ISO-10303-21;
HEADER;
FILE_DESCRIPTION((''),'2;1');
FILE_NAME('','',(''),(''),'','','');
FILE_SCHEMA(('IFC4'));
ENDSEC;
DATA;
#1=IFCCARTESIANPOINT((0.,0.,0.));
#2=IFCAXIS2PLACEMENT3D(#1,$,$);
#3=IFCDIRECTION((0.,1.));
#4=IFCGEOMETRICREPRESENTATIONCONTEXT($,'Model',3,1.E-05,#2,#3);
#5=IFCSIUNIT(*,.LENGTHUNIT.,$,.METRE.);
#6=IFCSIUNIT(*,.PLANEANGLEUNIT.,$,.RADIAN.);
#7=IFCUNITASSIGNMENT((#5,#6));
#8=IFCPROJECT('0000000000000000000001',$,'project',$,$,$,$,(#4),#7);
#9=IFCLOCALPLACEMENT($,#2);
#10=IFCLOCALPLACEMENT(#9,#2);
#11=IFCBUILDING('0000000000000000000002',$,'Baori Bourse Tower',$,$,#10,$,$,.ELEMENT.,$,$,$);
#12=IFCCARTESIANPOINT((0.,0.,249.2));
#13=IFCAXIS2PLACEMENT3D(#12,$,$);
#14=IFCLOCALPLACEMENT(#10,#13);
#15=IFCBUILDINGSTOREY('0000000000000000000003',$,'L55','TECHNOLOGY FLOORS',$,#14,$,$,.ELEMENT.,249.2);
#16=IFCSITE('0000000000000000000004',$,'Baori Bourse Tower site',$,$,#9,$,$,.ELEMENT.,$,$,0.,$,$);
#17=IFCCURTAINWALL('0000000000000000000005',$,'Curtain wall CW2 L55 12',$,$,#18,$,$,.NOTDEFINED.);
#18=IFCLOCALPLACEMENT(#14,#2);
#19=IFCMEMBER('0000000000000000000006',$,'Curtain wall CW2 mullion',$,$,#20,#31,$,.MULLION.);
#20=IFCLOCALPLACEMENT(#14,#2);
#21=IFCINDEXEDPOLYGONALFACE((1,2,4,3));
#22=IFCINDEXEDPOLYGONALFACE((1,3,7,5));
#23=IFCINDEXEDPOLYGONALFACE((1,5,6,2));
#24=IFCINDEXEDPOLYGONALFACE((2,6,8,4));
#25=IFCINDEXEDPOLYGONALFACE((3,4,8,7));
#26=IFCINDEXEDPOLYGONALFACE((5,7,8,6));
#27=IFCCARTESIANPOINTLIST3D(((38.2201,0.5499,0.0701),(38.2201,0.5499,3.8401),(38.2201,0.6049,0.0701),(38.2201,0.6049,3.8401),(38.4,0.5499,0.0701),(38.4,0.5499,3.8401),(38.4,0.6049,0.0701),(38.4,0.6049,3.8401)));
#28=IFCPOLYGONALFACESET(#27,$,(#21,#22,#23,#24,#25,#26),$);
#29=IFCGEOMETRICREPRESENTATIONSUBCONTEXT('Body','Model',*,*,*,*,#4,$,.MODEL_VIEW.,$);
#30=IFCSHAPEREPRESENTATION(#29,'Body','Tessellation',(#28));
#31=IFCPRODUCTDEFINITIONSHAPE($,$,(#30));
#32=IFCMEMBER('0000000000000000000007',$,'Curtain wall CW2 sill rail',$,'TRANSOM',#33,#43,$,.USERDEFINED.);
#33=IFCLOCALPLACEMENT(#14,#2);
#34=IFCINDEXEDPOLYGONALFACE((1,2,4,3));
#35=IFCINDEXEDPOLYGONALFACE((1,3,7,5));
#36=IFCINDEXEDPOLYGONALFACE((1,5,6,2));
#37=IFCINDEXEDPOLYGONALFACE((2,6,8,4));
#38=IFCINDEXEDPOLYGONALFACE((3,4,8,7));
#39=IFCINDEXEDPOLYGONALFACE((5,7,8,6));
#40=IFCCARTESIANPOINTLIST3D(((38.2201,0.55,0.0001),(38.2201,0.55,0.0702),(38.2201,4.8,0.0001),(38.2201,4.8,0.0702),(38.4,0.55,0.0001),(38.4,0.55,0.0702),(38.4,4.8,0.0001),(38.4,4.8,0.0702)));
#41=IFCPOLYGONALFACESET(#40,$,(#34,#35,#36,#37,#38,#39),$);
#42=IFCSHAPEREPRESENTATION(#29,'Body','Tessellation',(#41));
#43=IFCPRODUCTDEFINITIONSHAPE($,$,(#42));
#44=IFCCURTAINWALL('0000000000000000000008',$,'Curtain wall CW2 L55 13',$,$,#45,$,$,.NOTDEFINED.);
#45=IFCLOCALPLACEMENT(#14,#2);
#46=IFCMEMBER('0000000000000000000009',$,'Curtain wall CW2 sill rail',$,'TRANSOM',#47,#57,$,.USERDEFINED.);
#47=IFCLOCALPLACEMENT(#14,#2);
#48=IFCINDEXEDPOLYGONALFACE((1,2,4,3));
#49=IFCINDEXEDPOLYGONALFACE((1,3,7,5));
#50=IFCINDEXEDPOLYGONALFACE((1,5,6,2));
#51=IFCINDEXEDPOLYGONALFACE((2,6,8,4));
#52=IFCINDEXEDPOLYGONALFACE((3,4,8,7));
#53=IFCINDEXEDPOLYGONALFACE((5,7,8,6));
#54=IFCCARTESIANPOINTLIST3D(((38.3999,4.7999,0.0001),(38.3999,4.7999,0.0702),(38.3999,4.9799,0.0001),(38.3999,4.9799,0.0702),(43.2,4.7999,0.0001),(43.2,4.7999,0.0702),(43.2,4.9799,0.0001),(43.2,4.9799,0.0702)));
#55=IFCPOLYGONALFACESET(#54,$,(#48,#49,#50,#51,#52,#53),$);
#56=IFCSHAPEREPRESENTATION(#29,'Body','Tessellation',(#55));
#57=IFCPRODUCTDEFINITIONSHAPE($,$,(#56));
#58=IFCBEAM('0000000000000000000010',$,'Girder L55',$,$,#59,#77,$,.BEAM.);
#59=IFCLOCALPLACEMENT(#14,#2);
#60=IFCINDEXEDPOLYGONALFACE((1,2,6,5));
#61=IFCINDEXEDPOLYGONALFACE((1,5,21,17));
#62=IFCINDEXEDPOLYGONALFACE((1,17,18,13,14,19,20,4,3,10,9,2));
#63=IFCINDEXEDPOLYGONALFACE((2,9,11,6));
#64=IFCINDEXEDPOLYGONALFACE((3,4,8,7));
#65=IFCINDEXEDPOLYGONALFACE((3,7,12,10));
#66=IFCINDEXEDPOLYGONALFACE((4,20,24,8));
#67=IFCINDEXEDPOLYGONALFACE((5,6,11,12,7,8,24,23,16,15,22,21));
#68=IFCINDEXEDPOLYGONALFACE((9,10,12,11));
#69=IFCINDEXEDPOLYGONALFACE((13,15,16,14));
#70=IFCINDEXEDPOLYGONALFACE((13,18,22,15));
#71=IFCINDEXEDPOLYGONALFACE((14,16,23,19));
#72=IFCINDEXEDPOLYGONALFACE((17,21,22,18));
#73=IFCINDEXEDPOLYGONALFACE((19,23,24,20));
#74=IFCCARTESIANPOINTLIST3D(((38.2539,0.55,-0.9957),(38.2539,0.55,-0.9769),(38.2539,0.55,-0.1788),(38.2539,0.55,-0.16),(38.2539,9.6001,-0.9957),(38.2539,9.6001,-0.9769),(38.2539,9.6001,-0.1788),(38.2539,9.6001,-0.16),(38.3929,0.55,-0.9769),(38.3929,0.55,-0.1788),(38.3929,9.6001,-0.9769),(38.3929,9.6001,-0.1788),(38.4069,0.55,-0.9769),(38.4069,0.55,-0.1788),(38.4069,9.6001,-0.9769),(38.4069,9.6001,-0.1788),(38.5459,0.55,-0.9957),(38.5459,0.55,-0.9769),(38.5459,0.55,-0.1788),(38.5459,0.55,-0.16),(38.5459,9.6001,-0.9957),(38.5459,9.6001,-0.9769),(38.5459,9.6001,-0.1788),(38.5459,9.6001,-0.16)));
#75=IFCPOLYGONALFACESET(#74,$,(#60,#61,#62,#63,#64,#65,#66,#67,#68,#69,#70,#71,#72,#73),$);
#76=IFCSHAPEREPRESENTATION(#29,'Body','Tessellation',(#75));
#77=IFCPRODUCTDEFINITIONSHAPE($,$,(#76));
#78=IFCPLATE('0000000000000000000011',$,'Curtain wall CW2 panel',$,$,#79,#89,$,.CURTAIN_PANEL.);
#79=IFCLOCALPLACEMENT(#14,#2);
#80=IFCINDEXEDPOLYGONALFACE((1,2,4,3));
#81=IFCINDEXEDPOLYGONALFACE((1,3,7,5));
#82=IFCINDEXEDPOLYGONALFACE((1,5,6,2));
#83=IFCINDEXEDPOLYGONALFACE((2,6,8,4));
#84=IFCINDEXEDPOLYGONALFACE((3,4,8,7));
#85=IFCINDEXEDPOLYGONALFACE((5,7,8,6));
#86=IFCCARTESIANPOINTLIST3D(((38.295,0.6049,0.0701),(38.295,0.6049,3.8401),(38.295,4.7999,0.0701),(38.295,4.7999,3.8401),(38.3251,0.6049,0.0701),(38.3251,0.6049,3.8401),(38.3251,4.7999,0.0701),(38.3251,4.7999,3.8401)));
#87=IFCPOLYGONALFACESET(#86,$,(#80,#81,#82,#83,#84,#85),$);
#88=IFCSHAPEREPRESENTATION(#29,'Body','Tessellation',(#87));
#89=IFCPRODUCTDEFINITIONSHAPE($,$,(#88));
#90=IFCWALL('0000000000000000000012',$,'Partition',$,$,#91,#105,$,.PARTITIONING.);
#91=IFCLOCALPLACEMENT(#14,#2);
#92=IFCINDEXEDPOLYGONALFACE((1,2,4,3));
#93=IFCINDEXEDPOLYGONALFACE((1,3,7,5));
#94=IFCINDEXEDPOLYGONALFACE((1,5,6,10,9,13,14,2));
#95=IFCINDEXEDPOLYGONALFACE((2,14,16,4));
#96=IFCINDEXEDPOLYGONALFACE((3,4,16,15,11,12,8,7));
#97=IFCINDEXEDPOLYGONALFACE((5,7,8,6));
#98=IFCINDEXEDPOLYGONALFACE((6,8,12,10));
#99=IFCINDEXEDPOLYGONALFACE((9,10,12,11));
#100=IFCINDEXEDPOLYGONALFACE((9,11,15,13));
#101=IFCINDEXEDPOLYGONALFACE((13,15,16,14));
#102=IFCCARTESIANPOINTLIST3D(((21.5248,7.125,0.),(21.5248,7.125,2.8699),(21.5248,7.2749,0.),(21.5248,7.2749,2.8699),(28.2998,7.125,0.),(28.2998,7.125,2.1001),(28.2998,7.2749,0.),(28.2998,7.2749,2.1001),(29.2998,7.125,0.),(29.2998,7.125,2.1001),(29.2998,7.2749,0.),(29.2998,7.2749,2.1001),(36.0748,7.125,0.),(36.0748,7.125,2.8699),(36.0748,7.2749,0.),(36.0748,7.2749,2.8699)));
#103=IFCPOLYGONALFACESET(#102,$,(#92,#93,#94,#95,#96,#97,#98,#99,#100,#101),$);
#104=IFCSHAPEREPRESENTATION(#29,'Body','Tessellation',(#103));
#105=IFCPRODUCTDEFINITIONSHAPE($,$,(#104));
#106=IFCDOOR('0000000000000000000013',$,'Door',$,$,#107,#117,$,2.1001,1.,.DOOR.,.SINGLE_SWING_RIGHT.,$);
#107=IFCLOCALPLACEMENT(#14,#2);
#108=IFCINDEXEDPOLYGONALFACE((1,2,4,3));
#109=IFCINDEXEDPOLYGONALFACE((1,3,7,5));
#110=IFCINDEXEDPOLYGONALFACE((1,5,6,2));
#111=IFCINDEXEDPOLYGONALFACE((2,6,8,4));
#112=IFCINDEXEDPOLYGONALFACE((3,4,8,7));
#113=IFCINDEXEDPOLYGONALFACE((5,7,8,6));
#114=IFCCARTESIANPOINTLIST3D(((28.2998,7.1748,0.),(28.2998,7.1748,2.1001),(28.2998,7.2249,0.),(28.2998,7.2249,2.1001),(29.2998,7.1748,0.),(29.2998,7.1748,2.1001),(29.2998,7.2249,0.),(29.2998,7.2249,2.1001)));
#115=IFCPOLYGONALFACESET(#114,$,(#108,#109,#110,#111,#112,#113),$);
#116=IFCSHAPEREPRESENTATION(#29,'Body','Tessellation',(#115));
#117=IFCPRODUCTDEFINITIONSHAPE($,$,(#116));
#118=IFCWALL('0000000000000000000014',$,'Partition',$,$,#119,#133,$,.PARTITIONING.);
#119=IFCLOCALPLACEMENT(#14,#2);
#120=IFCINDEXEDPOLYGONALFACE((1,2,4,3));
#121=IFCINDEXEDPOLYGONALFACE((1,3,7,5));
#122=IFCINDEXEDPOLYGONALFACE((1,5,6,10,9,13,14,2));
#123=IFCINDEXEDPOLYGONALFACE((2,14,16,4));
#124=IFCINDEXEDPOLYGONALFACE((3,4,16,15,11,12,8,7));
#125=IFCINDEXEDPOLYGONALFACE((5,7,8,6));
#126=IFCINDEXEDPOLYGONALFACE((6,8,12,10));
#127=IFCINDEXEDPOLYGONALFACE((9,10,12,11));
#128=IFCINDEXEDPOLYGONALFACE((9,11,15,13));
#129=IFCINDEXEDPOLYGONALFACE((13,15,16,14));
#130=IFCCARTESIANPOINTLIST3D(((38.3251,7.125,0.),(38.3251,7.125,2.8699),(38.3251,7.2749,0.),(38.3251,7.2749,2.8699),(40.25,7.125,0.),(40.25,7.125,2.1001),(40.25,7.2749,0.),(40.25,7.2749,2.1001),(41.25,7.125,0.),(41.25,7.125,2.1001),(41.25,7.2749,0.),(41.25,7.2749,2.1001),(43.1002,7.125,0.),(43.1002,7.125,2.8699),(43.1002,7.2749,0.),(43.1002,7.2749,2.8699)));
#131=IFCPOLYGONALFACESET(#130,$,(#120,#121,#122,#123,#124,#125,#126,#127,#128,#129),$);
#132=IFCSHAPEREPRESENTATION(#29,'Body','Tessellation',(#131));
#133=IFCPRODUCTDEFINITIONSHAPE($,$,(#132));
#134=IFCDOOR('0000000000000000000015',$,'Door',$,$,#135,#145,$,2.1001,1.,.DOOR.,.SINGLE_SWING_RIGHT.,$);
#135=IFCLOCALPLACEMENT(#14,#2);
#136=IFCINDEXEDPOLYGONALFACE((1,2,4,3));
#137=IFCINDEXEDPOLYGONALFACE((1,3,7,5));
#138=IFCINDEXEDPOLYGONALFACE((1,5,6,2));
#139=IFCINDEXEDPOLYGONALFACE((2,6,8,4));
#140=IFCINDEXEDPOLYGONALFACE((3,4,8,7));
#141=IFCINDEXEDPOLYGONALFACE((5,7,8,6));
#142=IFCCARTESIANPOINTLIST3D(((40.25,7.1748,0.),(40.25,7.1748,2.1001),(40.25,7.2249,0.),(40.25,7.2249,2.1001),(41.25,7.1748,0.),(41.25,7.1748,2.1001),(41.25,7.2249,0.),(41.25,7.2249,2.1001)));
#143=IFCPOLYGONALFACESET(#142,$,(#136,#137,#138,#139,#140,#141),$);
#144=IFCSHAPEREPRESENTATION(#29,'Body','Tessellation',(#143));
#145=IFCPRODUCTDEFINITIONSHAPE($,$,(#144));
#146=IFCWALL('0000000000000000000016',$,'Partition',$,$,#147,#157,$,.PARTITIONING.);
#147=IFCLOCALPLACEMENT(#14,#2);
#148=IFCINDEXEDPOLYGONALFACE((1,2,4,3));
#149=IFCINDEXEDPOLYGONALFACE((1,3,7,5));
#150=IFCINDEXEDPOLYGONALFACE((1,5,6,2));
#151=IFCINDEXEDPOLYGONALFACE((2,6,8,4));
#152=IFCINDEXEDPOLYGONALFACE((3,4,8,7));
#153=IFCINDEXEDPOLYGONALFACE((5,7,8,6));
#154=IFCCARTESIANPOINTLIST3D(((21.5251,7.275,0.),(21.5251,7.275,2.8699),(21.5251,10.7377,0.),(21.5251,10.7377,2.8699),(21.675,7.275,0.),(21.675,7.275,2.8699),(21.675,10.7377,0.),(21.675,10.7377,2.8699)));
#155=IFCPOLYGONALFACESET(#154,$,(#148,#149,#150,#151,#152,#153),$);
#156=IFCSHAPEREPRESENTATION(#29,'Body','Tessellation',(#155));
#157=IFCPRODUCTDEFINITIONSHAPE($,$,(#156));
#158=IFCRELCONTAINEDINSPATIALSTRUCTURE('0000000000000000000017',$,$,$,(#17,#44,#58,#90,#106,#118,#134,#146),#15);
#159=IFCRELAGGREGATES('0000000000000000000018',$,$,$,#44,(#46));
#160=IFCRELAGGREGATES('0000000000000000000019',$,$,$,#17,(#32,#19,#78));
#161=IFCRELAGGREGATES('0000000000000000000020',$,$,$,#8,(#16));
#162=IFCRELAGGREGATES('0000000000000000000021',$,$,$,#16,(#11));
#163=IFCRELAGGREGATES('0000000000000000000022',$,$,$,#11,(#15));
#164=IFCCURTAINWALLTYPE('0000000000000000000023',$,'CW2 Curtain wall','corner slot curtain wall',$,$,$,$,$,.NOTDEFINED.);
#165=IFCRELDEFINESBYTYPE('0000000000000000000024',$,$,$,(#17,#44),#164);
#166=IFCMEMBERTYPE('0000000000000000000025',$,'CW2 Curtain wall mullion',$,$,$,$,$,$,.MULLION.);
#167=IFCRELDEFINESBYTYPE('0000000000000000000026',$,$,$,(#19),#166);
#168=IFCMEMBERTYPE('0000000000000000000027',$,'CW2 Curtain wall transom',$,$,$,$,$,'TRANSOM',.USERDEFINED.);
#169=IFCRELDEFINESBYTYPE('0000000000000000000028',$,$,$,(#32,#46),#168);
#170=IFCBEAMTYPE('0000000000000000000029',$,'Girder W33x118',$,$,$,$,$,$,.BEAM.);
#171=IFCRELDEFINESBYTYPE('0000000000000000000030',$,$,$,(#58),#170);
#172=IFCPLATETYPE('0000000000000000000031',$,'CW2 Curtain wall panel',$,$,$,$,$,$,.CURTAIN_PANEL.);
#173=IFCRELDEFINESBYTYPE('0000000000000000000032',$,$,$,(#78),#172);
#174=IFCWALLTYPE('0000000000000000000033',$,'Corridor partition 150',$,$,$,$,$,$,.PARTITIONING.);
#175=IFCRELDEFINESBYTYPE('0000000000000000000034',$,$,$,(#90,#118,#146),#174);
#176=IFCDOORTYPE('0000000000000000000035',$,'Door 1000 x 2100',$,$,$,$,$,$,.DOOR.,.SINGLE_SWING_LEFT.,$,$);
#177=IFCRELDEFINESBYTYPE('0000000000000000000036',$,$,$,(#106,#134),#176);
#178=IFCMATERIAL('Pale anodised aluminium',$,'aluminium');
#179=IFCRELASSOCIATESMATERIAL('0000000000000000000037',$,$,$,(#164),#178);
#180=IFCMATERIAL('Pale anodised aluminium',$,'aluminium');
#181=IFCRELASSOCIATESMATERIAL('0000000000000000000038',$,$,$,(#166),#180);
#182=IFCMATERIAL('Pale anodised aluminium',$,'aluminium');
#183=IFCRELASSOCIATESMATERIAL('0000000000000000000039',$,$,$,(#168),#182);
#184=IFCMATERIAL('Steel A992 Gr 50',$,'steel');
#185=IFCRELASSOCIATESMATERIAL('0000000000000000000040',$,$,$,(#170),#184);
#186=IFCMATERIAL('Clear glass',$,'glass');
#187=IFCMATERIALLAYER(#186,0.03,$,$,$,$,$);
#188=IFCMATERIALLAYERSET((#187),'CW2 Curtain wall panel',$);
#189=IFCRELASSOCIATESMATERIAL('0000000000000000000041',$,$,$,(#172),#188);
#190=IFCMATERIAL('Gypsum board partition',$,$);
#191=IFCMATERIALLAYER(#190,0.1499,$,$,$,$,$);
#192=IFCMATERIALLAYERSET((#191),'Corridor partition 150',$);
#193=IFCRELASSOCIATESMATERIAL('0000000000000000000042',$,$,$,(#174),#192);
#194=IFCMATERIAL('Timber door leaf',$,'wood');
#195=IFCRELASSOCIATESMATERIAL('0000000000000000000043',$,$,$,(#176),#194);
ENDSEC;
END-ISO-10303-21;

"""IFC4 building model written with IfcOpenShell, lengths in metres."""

from ifc_helpers import new_model, si_unit, direction, frame, frame_2d, origin, origin_2d, place, context, subcontext, project, spatial, rectangle, i_section, extrude, material, layer, layer_set, material_profile, profile_set, type_object, element, fill, aggregate, save


model = new_model("IFC4")

# Units and contexts
model_context = context("Model", 3, precision=1e-05, world=origin(), true_north=direction((0.0, 1.0)))
body_context = subcontext(model_context, "Body", "Model", "MODEL_VIEW")
ifc_project = project(units=[si_unit("LENGTHUNIT", "METRE"), si_unit("PLANEANGLEUNIT", "RADIAN")], contexts=[model_context])

# Site, building, storey
site_placement = place(None, origin())
site = spatial("IfcSite", under=ifc_project, at=site_placement, Name="Baori Bourse Tower site", CompositionType="ELEMENT", RefElevation=0.0)
building_placement = place(site_placement, origin())
building = spatial("IfcBuilding", under=site, at=building_placement, Name="Baori Bourse Tower", CompositionType="ELEMENT")
storey_placement = place(building_placement, frame((0.0, 0.0, 249.2)))
storey = spatial("IfcBuildingStorey", under=building, at=storey_placement, Name="L55", Description="TECHNOLOGY FLOORS", CompositionType="ELEMENT", Elevation=249.2)

# Curtain wall, members
ifc_material_1 = material(Name="Pale anodised aluminium", Category="aluminium")
curtain_wall_type = type_object("IfcCurtainWallType", Name="CW2 Curtain wall", Description="corner slot curtain wall", PredefinedType="NOTDEFINED", material=ifc_material_1)
curtain_wall_1_placement = place(storey_placement, origin())
curtain_wall_1 = element("IfcCurtainWall", 1, at=curtain_wall_1_placement, inside=storey, type_object=curtain_wall_type, Name="Curtain wall CW2 L55 12", PredefinedType="NOTDEFINED")
ifc_material_2 = material(Name="Pale anodised aluminium", Category="aluminium")
ifc_material_profile_1 = material_profile(ifc_material_2, rectangle(XDim=0.1799, YDim=0.0549, at=origin_2d()), Name="Mullion 55x180")
ifc_profile_set_1 = profile_set([ifc_material_profile_1], Name="Pale anodised aluminium")
member_type_1 = type_object("IfcMemberType", Name="CW2 Curtain wall mullion", PredefinedType="MULLION", material=ifc_profile_set_1)
member_1_placement = place(storey_placement, frame((38.3101, 0.5774, 0.0701), z_axis=(0.0, 0.0, 1.0), x_axis=(-1.0, 0.0, 0.0)))
member_1 = element("IfcMember", 2, at=member_1_placement, type_object=member_type_1, Name="Curtain wall CW2 mullion", PredefinedType="MULLION", context=body_context, shape_type="SweptSolid", body=[
    extrude(rectangle(XDim=0.1799, YDim=0.0549, at=origin_2d()), origin(), (0.0, 0.0, 1.0), 3.77),
])
ifc_material_3 = material(Name="Pale anodised aluminium", Category="aluminium")
ifc_material_profile_2 = material_profile(ifc_material_3, rectangle(XDim=0.1799, YDim=0.0701, at=origin_2d()), Name="Transom 70x180")
ifc_profile_set_2 = profile_set([ifc_material_profile_2], Name="Pale anodised aluminium")
member_type_2 = type_object("IfcMemberType", Name="CW2 Curtain wall transom", ElementType="TRANSOM", PredefinedType="USERDEFINED", material=ifc_profile_set_2)
member_2_placement = place(storey_placement, frame((38.3101, 0.55, 0.0352), z_axis=(0.0, 1.0, 0.0), x_axis=(-1.0, 0.0, 0.0)))
member_2 = element("IfcMember", 3, at=member_2_placement, type_object=member_type_2, Name="Curtain wall CW2 sill rail", ObjectType="TRANSOM", PredefinedType="USERDEFINED", context=body_context, shape_type="SweptSolid", body=[
    extrude(rectangle(XDim=0.1799, YDim=0.0701, at=origin_2d()), origin(), (0.0, 0.0, 1.0), 4.25),
])

# Curtain wall, member
curtain_wall_2_placement = place(storey_placement, origin())
curtain_wall_2 = element("IfcCurtainWall", 4, at=curtain_wall_2_placement, inside=storey, type_object=curtain_wall_type, Name="Curtain wall CW2 L55 13", PredefinedType="NOTDEFINED")
member_3_placement = place(storey_placement, frame((38.3999, 4.8899, 0.0352), z_axis=(1.0, 0.0, 0.0), x_axis=(0.0, 1.0, 0.0)))
member_3 = element("IfcMember", 5, at=member_3_placement, type_object=member_type_2, Name="Curtain wall CW2 sill rail", ObjectType="TRANSOM", PredefinedType="USERDEFINED", context=body_context, shape_type="SweptSolid", body=[
    extrude(rectangle(XDim=0.1799, YDim=0.0701, at=origin_2d()), origin(), (0.0, 0.0, 1.0), 4.8),
])
aggregate(curtain_wall_2, [member_3])

# Beam
ifc_material_4 = material(Name="Steel A992 Gr 50", Category="steel")
ifc_material_profile_3 = material_profile(ifc_material_4, i_section(OverallWidth=0.292, OverallDepth=0.8357, WebThickness=0.0139, FlangeThickness=0.0188, at=origin_2d()), Name="W33x118")
ifc_profile_set_3 = profile_set([ifc_material_profile_3], Name="Steel A992 Gr 50")
beam_type = type_object("IfcBeamType", Name="Girder W33x118", PredefinedType="BEAM", material=ifc_profile_set_3)
beam_placement = place(storey_placement, frame((38.3999, 0.55, -0.5779), z_axis=(0.0, 1.0, 0.0), x_axis=(-1.0, 0.0, 0.0)))
element("IfcBeam", 6, at=beam_placement, inside=storey, type_object=beam_type, Name="Girder L55", PredefinedType="BEAM", context=body_context, shape_type="SweptSolid", body=[
    extrude(i_section(OverallWidth=0.292, OverallDepth=0.8357, WebThickness=0.0139, FlangeThickness=0.0188, at=origin_2d()), origin(), (0.0, 0.0, 1.0), 9.05),
])

# Plate
ifc_material_5 = material(Name="Clear glass", Category="glass")
ifc_layer_1 = layer(ifc_material_5, 0.03)
ifc_layer_set_1 = layer_set([ifc_layer_1], Name="CW2 Curtain wall panel")
plate_type = type_object("IfcPlateType", Name="CW2 Curtain wall panel", PredefinedType="CURTAIN_PANEL", material=ifc_layer_set_1)
plate_placement = place(storey_placement, frame((38.3101, 2.7024, 0.0701), z_axis=(0.0, 0.0, 1.0), x_axis=(0.0, 1.0, 0.0)))
plate = element("IfcPlate", 7, at=plate_placement, type_object=plate_type, Name="Curtain wall CW2 panel", PredefinedType="CURTAIN_PANEL", context=body_context, shape_type="SweptSolid", body=[
    extrude(rectangle(XDim=4.1951, YDim=0.03, at=origin_2d()), origin(), (0.0, 0.0, 1.0), 3.77),
])
aggregate(curtain_wall_1, [member_2, member_1, plate])

# Walls, openings, doors
ifc_material_6 = material(Name="Gypsum board partition")
ifc_layer_2 = layer(ifc_material_6, 0.1499)
ifc_layer_set_2 = layer_set([ifc_layer_2], Name="Corridor partition 150")
wall_type_1 = type_object("IfcWallType", Name="Corridor partition 150", PredefinedType="PARTITIONING", material=ifc_layer_set_2)
wall_1_placement = place(storey_placement, frame((21.5249, 7.2, 0.0), z_axis=(0.0, 0.0, 1.0), x_axis=(1.0, 0.0, 0.0)))
wall_1 = element("IfcWall", 8, at=wall_1_placement, inside=storey, type_object=wall_type_1, Name="Partition", PredefinedType="PARTITIONING", context=body_context, shape_type="SweptSolid", body=[
    extrude(rectangle(XDim=14.55, YDim=0.1499, at=frame_2d((7.2749, 0.0))), origin(), (0.0, 0.0, 1.0), 2.8699),
])
opening_1_placement = place(wall_1_placement, frame((6.7749, 0.0, 0.0)))
opening_1 = element("IfcOpeningElement", 9, at=opening_1_placement, cuts=wall_1, PredefinedType="OPENING", context=body_context, shape_type="SweptSolid", body=[
    extrude(rectangle(XDim=1.0, YDim=2.1001, at=frame_2d((0.5, 1.05))), frame((0.0, 0.085, 0.0), z_axis=(0.0, -1.0, 0.0), x_axis=(1.0, 0.0, 0.0)), (0.0, 0.0, 1.0), 0.1699),
])
ifc_material_7 = material(Name="Timber door leaf", Category="wood")
door_type = type_object("IfcDoorType", Name="Door 1000 x 2100", OperationType="SINGLE_SWING_LEFT", PredefinedType="DOOR", material=ifc_material_7)
door_1_placement = place(opening_1_placement, origin())
door_1 = element("IfcDoor", 10, at=door_1_placement, inside=storey, type_object=door_type, Name="Door", OperationType="SINGLE_SWING_RIGHT", OverallHeight=2.1001, OverallWidth=1.0, PredefinedType="DOOR", context=body_context, shape_type="SweptSolid", body=[
    extrude(rectangle(XDim=1.0, YDim=2.1001, at=frame_2d((0.5, 1.05))), frame((0.0, 0.0249, 0.0), z_axis=(0.0, -1.0, 0.0), x_axis=(1.0, 0.0, 0.0)), (0.0, 0.0, 1.0), 0.05),
])
fill(opening_1, door_1)
wall_2_placement = place(storey_placement, frame((38.325, 7.2, 0.0), z_axis=(0.0, 0.0, 1.0), x_axis=(1.0, 0.0, 0.0)))
wall_2 = element("IfcWall", 11, at=wall_2_placement, inside=storey, type_object=wall_type_1, Name="Partition", PredefinedType="PARTITIONING", context=body_context, shape_type="SweptSolid", body=[
    extrude(rectangle(XDim=4.7751, YDim=0.1499, at=frame_2d((2.3877, 0.0))), origin(), (0.0, 0.0, 1.0), 2.8699),
])
opening_2_placement = place(wall_2_placement, frame((1.925, 0.0, 0.0)))
opening_2 = element("IfcOpeningElement", 12, at=opening_2_placement, cuts=wall_2, PredefinedType="OPENING", context=body_context, shape_type="SweptSolid", body=[
    extrude(rectangle(XDim=1.0, YDim=2.1001, at=frame_2d((0.5, 1.05))), frame((0.0, 0.085, 0.0), z_axis=(0.0, -1.0, 0.0), x_axis=(1.0, 0.0, 0.0)), (0.0, 0.0, 1.0), 0.1699),
])
door_2_placement = place(opening_2_placement, origin())
door_2 = element("IfcDoor", 13, at=door_2_placement, inside=storey, type_object=door_type, Name="Door", OperationType="SINGLE_SWING_RIGHT", OverallHeight=2.1001, OverallWidth=1.0, PredefinedType="DOOR", context=body_context, shape_type="SweptSolid", body=[
    extrude(rectangle(XDim=1.0, YDim=2.1001, at=frame_2d((0.5, 1.05))), frame((0.0, 0.0249, 0.0), z_axis=(0.0, -1.0, 0.0), x_axis=(1.0, 0.0, 0.0)), (0.0, 0.0, 1.0), 0.05),
])
fill(opening_2, door_2)

# Wall
wall_3_placement = place(storey_placement, frame((21.6001, 7.2749, 0.0), z_axis=(0.0, 0.0, 1.0), x_axis=(0.0, 1.0, 0.0)))
element("IfcWall", 14, at=wall_3_placement, inside=storey, type_object=wall_type_1, Name="Partition", PredefinedType="PARTITIONING", context=body_context, shape_type="SweptSolid", body=[
    extrude(rectangle(XDim=3.4626, YDim=0.1499, at=frame_2d((1.7314, 0.0))), origin(), (0.0, 0.0, 1.0), 2.8699),
])

save(model, "model.ifc")
